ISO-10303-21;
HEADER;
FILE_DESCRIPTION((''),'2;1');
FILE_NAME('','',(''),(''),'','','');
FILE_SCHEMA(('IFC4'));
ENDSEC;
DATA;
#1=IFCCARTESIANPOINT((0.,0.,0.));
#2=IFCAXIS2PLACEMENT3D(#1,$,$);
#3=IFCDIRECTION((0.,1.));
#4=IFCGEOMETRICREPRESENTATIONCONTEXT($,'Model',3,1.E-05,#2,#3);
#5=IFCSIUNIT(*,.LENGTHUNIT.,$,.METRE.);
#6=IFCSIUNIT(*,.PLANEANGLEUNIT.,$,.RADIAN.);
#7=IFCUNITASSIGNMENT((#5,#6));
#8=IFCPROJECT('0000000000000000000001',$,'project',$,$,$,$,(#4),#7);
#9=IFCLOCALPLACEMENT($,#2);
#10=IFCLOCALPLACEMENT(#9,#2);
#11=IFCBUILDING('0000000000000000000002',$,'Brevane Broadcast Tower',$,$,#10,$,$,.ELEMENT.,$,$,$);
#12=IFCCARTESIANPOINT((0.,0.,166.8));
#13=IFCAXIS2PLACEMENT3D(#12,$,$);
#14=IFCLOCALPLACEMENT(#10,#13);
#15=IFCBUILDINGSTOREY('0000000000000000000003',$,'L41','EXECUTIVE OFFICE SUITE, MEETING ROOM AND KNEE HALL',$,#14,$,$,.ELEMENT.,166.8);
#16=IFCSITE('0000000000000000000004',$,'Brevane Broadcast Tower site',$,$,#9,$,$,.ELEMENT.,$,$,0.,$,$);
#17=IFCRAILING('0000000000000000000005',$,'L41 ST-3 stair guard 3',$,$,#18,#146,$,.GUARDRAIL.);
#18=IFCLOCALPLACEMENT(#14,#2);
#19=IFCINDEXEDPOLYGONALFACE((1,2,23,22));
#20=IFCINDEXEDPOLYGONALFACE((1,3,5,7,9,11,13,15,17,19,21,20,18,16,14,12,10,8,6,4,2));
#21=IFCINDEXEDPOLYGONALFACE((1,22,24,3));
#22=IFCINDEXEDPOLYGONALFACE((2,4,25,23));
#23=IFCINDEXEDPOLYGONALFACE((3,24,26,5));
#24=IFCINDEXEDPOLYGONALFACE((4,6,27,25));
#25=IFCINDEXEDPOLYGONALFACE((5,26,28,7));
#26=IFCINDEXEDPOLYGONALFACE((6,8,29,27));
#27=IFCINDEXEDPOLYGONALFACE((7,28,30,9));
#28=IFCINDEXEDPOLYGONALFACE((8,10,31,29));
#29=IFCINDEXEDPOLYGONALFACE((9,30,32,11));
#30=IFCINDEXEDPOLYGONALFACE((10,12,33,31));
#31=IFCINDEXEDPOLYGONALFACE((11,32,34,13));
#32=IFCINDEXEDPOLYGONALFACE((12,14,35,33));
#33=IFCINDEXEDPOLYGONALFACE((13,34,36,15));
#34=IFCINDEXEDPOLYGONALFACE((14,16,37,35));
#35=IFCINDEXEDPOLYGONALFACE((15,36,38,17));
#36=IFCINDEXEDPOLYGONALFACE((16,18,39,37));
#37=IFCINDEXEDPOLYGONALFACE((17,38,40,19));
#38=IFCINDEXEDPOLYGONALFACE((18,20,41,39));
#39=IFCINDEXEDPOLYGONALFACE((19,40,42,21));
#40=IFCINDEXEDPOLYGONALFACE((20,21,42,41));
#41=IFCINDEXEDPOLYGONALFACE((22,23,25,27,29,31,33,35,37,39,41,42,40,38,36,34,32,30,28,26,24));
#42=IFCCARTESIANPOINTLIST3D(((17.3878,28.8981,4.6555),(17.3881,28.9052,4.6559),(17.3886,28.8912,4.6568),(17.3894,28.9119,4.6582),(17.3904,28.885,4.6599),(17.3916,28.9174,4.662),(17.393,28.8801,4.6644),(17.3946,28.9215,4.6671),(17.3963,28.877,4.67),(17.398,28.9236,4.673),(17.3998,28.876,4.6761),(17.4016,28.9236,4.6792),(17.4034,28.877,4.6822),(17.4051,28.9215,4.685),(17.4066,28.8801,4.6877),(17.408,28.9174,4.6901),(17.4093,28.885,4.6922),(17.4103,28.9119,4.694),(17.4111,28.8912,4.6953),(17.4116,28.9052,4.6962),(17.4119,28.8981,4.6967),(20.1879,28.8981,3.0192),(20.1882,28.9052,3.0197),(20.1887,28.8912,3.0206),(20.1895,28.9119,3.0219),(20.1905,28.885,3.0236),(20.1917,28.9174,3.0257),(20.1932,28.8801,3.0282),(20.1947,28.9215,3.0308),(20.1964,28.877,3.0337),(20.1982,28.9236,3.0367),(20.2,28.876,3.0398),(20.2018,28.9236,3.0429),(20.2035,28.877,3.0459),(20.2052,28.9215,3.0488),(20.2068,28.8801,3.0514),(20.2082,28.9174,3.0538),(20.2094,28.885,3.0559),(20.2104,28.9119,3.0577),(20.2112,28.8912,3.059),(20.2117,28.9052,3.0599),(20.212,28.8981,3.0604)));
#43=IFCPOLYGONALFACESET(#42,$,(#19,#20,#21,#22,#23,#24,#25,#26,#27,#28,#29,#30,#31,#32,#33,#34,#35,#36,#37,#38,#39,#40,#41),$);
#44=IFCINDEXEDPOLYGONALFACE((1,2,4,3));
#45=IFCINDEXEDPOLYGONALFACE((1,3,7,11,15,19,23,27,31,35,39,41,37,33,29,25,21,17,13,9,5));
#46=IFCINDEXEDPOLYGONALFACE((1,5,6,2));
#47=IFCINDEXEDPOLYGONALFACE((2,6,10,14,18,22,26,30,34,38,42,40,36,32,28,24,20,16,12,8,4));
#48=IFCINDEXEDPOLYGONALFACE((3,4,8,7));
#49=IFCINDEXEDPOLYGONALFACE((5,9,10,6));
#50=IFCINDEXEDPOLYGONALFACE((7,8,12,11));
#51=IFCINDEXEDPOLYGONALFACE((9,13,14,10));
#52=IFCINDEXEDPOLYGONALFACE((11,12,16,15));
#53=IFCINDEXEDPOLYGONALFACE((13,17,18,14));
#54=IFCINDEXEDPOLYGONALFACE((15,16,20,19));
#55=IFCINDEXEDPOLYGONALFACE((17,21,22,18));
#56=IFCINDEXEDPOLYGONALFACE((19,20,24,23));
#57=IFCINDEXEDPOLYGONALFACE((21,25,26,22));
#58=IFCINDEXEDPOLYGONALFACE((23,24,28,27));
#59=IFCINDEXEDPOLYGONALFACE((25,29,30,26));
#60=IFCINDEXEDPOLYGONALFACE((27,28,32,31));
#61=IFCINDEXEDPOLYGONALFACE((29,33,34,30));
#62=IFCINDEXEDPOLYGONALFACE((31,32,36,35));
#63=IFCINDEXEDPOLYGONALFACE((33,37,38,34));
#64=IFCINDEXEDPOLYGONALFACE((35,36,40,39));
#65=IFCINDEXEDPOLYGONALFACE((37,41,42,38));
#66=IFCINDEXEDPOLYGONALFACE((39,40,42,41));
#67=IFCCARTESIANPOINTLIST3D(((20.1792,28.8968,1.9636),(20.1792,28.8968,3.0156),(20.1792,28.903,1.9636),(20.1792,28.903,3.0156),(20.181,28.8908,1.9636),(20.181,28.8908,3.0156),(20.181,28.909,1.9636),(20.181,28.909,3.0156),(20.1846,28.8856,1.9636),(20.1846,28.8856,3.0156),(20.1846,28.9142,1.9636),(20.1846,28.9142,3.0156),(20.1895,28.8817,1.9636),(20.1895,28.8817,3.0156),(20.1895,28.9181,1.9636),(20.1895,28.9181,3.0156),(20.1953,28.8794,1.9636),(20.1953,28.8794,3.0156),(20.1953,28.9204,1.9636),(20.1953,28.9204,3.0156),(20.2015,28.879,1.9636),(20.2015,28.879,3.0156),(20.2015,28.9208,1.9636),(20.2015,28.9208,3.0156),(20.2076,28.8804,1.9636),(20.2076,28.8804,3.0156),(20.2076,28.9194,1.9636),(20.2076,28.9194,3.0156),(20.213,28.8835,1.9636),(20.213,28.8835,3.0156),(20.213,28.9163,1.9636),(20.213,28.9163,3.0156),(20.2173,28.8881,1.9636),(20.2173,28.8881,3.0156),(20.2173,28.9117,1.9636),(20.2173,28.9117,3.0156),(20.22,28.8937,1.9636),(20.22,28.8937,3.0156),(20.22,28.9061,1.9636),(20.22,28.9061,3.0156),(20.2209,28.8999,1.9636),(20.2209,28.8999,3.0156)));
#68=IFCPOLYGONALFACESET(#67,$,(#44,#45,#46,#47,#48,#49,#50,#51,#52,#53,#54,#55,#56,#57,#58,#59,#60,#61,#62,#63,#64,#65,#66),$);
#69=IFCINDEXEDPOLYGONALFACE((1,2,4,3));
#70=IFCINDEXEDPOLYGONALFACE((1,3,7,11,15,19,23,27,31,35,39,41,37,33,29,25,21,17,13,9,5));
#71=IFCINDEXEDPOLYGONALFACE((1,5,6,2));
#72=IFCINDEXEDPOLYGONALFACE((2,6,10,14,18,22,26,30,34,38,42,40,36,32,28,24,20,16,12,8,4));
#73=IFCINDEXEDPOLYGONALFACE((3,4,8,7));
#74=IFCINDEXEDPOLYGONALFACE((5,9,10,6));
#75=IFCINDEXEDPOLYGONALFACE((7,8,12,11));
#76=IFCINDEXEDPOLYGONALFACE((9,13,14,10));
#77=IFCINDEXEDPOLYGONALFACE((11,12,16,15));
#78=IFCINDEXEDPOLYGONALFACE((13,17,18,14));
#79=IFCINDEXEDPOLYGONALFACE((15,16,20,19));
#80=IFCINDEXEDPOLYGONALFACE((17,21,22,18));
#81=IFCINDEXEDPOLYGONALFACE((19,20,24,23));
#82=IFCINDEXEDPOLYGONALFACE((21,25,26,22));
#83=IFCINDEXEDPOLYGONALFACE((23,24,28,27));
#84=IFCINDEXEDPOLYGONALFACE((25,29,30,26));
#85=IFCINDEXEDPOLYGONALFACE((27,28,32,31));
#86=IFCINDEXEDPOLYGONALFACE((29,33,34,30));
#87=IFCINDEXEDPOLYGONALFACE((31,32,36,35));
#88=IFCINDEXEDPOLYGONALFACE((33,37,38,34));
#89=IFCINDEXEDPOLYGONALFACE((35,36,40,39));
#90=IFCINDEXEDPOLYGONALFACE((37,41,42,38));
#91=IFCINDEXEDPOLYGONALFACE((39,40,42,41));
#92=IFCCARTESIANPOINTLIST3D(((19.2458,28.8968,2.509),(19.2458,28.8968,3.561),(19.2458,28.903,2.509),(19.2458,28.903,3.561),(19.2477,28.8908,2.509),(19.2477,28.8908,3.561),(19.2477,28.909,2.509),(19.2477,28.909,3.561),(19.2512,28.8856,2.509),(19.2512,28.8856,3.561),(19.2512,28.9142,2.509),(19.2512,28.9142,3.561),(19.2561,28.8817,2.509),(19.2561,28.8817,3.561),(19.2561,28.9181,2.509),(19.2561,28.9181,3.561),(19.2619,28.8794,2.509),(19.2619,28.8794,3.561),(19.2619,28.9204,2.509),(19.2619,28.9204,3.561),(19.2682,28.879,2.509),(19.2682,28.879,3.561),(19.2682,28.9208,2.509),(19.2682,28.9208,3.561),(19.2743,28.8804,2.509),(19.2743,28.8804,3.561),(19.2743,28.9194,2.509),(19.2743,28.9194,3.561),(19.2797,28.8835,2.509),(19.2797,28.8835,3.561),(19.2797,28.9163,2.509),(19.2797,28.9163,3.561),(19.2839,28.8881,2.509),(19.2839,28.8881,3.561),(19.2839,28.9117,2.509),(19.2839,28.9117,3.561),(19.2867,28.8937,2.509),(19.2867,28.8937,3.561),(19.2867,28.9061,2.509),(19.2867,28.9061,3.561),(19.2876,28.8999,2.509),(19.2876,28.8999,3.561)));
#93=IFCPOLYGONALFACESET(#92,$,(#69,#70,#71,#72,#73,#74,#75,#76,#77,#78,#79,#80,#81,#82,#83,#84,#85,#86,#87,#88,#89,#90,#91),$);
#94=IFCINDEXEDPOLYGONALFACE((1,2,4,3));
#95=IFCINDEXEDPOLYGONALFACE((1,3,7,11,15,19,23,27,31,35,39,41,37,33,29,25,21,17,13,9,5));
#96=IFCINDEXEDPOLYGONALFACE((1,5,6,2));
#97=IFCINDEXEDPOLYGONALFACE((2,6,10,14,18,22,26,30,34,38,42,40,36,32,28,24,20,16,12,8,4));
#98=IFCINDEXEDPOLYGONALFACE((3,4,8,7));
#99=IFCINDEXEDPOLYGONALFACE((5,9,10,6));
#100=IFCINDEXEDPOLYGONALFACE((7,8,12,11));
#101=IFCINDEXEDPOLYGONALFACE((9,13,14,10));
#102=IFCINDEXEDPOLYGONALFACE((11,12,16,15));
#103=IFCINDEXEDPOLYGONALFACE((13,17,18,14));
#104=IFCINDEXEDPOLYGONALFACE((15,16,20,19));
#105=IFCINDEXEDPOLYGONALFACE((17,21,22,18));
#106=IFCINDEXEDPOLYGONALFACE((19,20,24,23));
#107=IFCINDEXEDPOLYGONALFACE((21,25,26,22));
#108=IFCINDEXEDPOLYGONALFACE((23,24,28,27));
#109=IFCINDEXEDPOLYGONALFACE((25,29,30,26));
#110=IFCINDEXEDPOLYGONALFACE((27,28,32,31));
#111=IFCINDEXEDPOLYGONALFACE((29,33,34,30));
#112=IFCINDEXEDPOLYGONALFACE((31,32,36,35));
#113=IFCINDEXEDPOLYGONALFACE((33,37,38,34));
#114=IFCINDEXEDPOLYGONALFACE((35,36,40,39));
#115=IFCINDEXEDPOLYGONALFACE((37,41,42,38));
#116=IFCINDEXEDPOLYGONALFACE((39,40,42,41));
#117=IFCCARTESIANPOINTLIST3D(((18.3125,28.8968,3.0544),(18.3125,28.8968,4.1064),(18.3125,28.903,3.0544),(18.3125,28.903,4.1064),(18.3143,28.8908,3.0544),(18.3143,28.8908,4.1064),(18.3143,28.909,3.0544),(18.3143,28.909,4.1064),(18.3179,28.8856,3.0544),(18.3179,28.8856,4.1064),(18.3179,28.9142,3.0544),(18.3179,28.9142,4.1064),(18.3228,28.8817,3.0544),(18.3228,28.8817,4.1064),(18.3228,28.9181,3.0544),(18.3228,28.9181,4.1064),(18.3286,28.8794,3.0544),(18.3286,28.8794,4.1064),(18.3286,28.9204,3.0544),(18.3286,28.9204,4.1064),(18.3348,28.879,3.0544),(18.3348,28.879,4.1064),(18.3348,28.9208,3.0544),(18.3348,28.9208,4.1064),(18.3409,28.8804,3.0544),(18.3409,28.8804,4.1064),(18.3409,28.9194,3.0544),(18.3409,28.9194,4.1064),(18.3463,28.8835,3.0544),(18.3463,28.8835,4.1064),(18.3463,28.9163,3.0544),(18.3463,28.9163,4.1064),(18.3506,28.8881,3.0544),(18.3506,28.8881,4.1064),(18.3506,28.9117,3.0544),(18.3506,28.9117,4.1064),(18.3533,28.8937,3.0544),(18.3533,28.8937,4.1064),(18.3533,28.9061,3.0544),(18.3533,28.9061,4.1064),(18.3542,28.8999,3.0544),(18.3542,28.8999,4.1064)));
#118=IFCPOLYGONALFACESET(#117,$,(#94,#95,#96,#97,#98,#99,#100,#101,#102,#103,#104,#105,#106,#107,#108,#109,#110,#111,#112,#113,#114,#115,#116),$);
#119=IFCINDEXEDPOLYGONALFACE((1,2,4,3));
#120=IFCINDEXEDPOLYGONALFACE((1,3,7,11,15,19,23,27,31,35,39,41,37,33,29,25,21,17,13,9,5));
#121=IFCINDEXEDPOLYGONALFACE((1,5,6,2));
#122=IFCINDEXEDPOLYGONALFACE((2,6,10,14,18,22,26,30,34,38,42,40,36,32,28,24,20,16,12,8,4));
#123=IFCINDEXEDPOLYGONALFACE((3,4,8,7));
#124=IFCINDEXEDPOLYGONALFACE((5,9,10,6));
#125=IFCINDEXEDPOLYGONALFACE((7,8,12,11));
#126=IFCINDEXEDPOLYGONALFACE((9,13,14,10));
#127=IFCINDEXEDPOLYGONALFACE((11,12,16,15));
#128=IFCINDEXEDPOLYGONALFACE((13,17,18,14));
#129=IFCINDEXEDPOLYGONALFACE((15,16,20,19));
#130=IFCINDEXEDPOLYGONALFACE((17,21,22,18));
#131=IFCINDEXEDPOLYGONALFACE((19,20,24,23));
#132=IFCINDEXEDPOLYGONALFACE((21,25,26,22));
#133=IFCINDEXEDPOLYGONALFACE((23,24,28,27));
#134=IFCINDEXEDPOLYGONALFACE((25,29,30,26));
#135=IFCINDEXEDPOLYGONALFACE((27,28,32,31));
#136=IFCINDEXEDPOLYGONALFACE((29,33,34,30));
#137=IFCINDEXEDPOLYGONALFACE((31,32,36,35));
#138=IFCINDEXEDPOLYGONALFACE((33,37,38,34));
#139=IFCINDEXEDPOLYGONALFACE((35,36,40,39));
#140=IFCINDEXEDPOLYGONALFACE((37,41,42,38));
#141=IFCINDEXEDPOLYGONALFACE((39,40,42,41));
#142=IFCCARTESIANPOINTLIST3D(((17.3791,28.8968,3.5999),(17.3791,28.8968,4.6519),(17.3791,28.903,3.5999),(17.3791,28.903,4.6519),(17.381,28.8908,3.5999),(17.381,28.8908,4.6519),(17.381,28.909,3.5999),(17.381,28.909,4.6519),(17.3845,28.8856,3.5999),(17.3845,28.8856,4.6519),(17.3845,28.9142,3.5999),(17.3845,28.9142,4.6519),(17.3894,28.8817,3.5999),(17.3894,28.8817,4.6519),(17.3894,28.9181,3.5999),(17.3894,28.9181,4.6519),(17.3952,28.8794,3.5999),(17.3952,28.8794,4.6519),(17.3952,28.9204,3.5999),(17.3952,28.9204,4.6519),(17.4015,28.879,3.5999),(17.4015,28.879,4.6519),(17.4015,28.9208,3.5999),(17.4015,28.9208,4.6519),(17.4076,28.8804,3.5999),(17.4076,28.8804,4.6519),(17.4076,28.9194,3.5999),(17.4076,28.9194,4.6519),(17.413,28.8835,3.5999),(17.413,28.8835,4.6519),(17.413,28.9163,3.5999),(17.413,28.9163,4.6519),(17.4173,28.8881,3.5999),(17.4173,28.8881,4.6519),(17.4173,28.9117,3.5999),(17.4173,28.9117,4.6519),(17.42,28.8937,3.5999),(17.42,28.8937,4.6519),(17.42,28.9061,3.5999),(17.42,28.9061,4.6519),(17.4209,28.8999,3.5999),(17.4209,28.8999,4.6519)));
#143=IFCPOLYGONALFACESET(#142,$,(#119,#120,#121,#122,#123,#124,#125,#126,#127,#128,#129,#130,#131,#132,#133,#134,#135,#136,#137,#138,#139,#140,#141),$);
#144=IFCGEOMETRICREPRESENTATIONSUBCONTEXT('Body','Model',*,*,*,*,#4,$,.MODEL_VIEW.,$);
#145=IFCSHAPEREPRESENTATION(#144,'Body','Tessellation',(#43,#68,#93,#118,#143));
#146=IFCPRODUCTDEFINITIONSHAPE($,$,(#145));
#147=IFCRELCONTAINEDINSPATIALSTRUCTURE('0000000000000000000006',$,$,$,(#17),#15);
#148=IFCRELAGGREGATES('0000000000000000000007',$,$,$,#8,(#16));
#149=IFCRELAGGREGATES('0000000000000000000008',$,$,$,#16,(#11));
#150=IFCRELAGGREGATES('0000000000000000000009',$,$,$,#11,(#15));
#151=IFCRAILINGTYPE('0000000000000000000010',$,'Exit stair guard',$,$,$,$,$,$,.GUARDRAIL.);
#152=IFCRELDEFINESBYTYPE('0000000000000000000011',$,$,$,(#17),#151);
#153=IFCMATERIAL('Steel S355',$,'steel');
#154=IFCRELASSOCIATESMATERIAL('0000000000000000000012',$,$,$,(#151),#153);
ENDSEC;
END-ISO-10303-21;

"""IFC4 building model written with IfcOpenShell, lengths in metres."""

from ifc_helpers import new_model, si_unit, direction, frame, origin, origin_2d, place, context, subcontext, project, spatial, circle, extrude, material, type_object, element, save


model = new_model("IFC4")

# Units and contexts
model_context = context("Model", 3, precision=1e-05, world=origin(), true_north=direction((0.0, 1.0)))
body_context = subcontext(model_context, "Body", "Model", "MODEL_VIEW")
ifc_project = project(units=[si_unit("LENGTHUNIT", "METRE"), si_unit("PLANEANGLEUNIT", "RADIAN")], contexts=[model_context])

# Site, building, storey
site_placement = place(None, origin())
site = spatial("IfcSite", under=ifc_project, at=site_placement, Name="Brevane Broadcast Tower site", CompositionType="ELEMENT", RefElevation=0.0)
building_placement = place(site_placement, origin())
building = spatial("IfcBuilding", under=site, at=building_placement, Name="Brevane Broadcast Tower", CompositionType="ELEMENT")
storey_placement = place(building_placement, frame((0.0, 0.0, 166.8)))
storey = spatial("IfcBuildingStorey", under=building, at=storey_placement, Name="L41", Description="EXECUTIVE OFFICE SUITE, MEETING ROOM AND KNEE HALL", CompositionType="ELEMENT", Elevation=166.8)

# Railing
ifc_material_1 = material(Name="Steel S355", Category="steel")
railing_type_1 = type_object("IfcRailingType", Name="Exit stair guard", PredefinedType="GUARDRAIL", material=ifc_material_1)
railing_1_placement = place(storey_placement, frame((20.2, 28.8999, 1.9636)))
element("IfcRailing", 1, at=railing_1_placement, inside=storey, type_object=railing_type_1, Name="L41 ST-3 stair guard 3", PredefinedType="GUARDRAIL", context=body_context, shape_type="SweptSolid", body=[
    extrude(circle(Radius=0.0239, at=origin_2d()), frame((0.0, 0.0, 1.0762), z_axis=(-0.863394, 0.0, 0.504531), x_axis=(0.0, -1.0, 0.0)), (0.0, 0.0, 1.0), 3.2432),
    extrude(circle(Radius=0.021, at=origin_2d()), origin(), (0.0, 0.0, 1.0), 1.052),
    extrude(circle(Radius=0.021, at=origin_2d()), frame((-0.9333, 0.0, 0.5454)), (0.0, 0.0, 1.0), 1.052),
    extrude(circle(Radius=0.021, at=origin_2d()), frame((-1.8667, 0.0, 1.0908)), (0.0, 0.0, 1.0), 1.052),
    extrude(circle(Radius=0.021, at=origin_2d()), frame((-2.8, 0.0, 1.6362)), (0.0, 0.0, 1.0), 1.052),
])

save(model, "model.ifc")
